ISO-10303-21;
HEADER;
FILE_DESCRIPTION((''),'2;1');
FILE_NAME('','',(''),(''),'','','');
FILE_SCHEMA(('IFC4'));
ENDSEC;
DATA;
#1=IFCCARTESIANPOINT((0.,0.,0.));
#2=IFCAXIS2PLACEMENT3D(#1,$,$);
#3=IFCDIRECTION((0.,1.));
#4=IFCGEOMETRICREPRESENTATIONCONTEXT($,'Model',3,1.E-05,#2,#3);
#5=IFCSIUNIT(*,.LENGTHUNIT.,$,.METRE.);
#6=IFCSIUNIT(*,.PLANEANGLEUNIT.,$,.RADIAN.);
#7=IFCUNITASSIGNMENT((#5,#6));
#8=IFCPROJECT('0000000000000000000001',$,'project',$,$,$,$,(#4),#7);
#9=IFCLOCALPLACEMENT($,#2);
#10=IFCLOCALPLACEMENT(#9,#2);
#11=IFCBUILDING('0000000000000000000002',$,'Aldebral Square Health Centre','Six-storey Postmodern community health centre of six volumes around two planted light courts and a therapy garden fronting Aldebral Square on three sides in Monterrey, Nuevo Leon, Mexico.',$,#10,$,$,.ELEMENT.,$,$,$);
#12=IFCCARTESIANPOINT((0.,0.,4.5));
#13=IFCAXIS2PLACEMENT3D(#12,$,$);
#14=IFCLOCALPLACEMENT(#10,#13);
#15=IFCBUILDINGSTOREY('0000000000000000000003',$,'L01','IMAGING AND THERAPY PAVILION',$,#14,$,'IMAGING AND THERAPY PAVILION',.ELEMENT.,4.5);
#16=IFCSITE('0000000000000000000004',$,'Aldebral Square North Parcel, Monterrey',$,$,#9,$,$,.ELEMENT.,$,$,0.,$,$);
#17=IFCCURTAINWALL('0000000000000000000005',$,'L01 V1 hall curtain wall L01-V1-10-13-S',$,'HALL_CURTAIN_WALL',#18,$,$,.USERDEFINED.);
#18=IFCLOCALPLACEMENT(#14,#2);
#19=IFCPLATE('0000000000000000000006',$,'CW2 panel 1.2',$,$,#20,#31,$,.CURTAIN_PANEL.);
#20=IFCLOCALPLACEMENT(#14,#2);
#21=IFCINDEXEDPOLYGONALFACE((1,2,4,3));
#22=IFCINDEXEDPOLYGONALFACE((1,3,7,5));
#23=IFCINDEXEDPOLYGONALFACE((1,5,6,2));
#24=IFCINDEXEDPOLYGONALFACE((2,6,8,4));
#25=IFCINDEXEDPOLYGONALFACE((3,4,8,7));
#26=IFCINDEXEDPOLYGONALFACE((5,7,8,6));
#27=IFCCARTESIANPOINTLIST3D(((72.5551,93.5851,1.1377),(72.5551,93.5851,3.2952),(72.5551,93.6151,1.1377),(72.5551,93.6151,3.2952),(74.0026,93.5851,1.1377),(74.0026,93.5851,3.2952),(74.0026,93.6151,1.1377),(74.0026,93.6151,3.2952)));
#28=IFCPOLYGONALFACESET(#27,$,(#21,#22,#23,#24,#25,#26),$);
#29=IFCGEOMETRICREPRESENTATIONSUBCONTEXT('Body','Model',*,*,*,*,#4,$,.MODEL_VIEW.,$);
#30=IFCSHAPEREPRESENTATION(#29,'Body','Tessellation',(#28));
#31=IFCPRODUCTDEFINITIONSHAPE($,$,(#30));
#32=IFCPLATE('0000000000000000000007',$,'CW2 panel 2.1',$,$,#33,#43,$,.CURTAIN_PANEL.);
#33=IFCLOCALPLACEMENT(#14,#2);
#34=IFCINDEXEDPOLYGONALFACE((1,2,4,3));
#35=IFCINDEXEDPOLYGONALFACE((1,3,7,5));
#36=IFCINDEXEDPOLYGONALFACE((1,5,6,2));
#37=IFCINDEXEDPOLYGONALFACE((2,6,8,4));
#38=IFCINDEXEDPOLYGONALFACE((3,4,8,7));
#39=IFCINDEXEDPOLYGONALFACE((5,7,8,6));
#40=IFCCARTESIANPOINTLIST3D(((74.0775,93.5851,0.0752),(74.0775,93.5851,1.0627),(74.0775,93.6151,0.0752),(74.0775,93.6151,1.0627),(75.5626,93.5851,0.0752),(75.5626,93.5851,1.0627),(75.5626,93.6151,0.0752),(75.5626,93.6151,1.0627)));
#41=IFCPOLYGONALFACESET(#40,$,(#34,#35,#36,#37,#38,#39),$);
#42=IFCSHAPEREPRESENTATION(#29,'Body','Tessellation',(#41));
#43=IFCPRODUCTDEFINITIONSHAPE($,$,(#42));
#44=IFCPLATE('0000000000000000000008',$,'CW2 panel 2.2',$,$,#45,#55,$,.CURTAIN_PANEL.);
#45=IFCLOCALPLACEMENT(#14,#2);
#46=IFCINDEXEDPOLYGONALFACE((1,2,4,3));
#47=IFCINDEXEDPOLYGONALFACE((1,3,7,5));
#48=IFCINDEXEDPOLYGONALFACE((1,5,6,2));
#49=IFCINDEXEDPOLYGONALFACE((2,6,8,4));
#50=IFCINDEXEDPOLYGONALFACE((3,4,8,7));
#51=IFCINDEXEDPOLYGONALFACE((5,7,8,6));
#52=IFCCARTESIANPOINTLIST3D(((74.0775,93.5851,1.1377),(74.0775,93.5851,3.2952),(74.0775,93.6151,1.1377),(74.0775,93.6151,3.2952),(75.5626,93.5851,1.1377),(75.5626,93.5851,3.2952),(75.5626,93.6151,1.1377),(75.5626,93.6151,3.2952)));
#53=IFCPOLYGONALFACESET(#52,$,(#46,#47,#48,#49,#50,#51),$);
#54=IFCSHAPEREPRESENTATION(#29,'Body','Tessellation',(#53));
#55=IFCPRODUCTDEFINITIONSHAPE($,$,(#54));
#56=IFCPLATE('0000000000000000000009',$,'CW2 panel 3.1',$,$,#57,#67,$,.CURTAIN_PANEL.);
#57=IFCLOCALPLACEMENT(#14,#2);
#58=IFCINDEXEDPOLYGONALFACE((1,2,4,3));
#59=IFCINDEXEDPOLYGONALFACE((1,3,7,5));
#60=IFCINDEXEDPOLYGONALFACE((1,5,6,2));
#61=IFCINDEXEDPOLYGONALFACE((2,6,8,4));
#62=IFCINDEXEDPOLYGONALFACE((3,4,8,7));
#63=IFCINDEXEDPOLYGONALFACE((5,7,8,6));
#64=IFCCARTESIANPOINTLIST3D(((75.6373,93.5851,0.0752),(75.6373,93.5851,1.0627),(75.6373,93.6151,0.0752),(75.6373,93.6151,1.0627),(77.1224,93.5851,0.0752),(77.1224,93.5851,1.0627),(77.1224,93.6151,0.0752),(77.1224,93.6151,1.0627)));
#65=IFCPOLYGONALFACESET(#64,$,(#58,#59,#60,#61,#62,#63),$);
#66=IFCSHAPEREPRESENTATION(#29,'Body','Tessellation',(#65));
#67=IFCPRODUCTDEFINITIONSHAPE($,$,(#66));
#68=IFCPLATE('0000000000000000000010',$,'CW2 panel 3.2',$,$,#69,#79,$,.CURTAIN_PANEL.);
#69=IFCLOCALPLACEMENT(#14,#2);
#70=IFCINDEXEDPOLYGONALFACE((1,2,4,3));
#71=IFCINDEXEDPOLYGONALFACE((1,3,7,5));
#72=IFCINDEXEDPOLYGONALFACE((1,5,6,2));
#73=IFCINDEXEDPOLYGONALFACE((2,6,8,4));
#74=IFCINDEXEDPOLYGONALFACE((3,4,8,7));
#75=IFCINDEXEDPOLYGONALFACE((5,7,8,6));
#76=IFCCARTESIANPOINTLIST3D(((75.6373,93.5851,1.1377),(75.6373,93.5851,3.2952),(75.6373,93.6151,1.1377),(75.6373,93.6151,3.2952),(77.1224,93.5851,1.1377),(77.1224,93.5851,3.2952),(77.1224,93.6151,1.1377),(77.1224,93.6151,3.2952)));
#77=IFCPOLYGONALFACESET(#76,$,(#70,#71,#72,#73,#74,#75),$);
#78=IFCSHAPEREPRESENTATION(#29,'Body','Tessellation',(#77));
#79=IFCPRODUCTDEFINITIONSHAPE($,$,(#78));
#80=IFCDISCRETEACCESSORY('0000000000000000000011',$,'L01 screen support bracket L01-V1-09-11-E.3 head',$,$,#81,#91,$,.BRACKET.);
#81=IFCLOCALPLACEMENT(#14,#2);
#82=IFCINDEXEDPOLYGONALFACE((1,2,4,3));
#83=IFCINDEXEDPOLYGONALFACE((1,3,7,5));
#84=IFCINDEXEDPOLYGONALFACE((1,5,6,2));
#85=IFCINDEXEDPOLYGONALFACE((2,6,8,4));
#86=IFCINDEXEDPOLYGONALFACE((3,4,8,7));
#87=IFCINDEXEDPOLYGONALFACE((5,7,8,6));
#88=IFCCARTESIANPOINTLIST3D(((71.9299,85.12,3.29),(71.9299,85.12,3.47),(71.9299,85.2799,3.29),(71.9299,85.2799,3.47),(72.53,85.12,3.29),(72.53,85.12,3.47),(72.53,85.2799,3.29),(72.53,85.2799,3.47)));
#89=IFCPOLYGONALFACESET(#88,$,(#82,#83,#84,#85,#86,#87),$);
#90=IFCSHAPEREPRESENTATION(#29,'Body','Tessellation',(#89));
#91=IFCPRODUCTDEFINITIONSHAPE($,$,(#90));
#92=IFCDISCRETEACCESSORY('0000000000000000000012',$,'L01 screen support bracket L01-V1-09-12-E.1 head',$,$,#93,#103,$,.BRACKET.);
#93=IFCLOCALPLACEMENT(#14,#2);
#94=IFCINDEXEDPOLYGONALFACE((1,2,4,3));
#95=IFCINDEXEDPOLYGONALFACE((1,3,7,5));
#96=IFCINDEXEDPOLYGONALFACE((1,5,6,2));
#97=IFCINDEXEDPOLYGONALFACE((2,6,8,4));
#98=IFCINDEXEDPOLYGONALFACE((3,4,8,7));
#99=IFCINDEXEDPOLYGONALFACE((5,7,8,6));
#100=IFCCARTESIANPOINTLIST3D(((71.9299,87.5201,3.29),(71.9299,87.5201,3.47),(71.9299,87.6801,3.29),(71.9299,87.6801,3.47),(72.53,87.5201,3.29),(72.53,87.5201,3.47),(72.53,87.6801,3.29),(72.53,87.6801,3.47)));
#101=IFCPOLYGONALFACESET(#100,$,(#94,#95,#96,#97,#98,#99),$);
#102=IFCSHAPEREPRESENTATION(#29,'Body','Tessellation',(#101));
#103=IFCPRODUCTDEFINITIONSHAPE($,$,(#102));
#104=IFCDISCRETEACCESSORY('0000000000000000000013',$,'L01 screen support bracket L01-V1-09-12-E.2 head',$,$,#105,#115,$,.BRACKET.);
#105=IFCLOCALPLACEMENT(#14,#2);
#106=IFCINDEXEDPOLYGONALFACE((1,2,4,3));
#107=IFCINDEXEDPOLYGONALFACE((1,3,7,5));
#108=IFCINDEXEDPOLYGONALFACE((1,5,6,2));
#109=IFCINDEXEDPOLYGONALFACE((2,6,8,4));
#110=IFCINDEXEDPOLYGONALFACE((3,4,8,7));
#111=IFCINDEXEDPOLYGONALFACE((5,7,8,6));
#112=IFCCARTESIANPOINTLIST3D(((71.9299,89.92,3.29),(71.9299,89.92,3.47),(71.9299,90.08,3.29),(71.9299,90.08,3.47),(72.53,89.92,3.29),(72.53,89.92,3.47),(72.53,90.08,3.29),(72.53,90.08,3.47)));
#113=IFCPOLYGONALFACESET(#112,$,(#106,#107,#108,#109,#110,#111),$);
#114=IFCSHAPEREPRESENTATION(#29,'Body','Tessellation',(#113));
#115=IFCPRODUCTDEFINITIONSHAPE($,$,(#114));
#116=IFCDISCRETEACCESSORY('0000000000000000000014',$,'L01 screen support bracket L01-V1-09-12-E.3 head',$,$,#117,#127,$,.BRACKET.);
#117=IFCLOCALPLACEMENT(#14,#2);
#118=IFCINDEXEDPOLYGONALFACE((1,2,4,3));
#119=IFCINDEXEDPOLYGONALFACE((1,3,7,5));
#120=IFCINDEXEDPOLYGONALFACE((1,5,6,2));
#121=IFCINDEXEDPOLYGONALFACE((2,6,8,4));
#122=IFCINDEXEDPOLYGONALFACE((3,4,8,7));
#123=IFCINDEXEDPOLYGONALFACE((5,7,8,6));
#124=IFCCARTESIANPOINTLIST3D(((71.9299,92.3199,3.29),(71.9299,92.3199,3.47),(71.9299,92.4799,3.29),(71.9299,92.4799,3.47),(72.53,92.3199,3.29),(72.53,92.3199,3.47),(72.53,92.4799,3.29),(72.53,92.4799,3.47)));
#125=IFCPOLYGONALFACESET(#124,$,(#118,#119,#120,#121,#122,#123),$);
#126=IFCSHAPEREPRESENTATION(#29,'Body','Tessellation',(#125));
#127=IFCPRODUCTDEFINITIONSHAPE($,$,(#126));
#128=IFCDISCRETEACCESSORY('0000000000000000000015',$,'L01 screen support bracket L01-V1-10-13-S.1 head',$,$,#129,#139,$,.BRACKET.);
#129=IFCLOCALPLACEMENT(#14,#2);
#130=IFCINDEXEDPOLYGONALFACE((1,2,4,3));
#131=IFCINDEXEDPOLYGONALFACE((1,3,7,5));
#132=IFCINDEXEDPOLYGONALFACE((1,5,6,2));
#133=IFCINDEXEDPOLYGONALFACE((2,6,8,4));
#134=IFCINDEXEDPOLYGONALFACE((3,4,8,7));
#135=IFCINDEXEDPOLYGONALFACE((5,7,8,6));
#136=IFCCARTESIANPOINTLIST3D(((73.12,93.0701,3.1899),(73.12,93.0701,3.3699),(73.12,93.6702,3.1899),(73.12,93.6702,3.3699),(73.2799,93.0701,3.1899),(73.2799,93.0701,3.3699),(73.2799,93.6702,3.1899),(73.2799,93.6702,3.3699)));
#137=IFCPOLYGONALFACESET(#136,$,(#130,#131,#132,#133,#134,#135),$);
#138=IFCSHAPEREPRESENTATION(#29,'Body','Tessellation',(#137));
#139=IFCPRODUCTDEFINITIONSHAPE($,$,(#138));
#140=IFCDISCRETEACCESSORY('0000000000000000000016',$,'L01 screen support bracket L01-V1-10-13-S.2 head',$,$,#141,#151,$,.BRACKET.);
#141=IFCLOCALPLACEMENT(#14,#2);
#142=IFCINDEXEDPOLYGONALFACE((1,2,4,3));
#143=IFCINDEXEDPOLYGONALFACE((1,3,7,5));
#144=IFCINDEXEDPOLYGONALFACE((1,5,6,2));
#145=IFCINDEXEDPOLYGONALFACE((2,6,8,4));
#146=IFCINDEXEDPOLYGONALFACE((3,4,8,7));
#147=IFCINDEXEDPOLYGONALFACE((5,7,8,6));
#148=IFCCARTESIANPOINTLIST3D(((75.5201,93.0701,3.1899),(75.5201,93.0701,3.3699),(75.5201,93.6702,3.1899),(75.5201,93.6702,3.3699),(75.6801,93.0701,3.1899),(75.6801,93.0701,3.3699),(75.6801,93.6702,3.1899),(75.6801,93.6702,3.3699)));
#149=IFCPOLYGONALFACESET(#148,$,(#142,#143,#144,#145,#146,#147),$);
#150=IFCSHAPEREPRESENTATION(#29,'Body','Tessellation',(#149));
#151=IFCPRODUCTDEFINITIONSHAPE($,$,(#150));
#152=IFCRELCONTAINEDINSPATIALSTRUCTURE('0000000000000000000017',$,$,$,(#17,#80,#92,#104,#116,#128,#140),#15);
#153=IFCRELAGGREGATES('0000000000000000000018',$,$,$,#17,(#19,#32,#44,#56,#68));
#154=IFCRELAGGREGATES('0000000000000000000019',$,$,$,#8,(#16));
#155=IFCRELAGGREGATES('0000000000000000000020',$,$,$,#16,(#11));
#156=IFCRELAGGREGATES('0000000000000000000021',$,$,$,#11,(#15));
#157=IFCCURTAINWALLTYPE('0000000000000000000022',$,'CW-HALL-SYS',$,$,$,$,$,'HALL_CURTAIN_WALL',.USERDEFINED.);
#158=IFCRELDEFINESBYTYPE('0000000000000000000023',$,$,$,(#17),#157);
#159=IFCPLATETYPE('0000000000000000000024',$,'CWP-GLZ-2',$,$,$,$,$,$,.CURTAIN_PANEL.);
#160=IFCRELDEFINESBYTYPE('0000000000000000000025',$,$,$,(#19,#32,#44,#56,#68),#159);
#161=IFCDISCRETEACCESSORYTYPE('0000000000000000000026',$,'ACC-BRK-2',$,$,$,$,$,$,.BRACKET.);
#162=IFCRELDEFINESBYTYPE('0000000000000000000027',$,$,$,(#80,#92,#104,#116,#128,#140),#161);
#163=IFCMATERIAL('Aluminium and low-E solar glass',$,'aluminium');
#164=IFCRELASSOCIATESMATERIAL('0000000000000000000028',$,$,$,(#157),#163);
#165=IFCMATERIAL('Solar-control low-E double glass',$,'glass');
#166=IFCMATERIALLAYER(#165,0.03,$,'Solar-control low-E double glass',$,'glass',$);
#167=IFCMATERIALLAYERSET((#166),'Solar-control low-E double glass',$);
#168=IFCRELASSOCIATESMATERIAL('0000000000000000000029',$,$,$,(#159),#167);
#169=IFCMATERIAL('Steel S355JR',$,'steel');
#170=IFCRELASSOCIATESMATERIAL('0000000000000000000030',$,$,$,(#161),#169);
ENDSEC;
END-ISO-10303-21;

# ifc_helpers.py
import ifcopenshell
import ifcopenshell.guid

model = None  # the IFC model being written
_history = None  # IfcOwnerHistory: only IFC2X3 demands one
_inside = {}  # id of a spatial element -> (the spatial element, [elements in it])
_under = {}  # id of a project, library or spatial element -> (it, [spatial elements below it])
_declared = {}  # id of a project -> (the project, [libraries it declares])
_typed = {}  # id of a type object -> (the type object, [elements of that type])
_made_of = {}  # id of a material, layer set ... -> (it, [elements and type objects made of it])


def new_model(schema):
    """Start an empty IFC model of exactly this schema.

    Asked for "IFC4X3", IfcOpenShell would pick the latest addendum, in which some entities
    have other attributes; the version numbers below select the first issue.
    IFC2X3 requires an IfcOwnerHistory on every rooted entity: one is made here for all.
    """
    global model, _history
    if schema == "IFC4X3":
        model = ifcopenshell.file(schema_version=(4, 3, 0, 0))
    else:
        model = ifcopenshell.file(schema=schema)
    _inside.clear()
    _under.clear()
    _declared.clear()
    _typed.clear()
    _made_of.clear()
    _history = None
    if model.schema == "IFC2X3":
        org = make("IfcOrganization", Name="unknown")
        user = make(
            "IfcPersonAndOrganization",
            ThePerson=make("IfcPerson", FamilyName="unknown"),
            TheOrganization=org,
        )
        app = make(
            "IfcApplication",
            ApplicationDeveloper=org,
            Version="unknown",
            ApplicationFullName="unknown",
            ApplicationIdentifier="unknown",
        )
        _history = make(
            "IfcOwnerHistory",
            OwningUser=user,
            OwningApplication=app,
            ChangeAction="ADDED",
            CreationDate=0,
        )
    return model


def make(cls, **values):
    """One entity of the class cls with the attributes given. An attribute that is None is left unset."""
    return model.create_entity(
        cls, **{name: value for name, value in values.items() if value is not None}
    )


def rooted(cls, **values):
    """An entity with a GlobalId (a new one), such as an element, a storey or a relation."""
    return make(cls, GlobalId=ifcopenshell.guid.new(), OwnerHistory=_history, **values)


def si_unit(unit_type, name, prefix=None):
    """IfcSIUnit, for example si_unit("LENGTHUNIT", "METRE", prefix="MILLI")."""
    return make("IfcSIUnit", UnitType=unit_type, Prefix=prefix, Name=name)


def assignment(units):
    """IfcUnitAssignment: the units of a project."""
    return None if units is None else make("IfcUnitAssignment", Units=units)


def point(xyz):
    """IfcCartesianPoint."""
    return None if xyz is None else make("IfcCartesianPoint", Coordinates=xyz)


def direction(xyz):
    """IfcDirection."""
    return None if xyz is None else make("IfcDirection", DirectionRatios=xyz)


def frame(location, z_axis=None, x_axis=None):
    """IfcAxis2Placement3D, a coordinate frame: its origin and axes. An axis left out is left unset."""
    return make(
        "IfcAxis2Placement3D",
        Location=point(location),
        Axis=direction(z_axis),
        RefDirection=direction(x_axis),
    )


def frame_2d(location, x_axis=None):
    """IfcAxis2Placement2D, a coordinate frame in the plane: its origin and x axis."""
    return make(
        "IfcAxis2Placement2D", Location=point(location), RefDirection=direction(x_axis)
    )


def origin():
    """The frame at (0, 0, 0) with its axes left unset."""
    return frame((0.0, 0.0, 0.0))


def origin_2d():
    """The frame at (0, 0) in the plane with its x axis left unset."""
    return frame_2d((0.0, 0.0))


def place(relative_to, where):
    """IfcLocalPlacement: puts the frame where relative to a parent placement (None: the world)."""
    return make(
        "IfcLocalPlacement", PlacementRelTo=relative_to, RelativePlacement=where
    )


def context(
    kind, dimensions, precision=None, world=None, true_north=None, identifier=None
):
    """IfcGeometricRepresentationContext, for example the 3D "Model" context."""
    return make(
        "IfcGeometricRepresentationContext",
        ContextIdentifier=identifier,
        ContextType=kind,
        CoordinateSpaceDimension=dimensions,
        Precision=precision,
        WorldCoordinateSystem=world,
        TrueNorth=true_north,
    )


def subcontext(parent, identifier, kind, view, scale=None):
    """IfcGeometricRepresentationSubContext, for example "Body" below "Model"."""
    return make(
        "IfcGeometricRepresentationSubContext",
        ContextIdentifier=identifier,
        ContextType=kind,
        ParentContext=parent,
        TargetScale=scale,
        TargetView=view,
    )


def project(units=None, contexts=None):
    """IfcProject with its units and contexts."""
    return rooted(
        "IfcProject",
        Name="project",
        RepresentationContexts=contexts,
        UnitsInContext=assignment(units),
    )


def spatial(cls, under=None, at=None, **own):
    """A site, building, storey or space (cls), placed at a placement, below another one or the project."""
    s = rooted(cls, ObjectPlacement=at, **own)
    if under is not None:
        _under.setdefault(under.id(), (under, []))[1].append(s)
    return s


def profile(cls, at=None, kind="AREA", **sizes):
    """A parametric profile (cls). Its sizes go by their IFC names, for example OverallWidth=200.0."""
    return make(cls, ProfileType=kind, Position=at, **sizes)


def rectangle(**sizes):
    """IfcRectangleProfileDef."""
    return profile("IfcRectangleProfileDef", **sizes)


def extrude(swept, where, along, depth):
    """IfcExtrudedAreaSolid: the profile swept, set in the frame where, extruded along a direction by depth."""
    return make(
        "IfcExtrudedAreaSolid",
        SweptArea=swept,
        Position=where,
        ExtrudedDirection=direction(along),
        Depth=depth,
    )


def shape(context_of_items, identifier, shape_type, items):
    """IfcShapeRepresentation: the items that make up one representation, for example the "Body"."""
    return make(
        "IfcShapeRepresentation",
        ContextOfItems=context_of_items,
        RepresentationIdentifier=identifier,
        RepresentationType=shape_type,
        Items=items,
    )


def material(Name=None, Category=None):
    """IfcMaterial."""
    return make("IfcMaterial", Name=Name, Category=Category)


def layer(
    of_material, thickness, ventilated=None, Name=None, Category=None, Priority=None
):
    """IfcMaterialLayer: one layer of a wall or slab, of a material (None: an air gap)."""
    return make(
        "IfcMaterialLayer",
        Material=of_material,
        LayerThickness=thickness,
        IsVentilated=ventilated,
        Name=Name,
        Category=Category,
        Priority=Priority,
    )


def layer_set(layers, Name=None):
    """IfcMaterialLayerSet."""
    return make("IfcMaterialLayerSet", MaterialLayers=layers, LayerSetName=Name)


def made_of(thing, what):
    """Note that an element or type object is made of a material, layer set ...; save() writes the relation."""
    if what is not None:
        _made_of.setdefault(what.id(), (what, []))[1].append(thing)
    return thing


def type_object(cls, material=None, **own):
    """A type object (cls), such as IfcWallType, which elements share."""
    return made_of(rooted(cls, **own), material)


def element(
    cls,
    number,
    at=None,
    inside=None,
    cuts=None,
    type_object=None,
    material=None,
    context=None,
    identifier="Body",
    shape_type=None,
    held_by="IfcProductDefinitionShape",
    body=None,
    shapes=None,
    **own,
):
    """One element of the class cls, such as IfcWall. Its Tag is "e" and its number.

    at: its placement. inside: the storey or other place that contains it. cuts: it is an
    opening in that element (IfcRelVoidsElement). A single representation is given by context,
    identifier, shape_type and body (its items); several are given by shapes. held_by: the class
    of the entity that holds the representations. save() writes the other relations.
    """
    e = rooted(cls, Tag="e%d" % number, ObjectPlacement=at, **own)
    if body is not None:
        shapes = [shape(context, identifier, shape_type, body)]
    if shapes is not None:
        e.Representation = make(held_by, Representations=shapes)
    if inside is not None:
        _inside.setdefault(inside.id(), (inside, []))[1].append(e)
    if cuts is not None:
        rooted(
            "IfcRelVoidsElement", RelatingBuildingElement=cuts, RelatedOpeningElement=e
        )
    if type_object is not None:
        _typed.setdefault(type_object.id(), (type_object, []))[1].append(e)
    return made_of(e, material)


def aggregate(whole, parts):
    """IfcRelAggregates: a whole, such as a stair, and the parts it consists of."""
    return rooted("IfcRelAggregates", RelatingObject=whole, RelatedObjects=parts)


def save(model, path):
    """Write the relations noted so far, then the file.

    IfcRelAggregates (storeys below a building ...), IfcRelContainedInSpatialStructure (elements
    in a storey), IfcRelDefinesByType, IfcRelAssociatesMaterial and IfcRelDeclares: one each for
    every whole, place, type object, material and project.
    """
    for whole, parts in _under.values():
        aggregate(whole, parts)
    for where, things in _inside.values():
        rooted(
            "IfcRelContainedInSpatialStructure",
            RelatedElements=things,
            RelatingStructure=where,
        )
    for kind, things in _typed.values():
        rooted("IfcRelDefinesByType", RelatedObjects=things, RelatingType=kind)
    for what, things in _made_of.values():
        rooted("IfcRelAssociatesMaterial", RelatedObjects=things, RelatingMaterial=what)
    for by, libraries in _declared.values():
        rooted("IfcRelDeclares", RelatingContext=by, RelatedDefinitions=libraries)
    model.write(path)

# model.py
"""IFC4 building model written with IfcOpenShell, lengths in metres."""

from ifc_helpers import new_model, si_unit, direction, frame, origin, origin_2d, place, context, subcontext, project, spatial, rectangle, extrude, material, layer, layer_set, type_object, element, aggregate, save


model = new_model("IFC4")

# Units and contexts
model_context = context("Model", 3, precision=1e-05, world=origin(), true_north=direction((0.0, 1.0)))
body_context = subcontext(model_context, "Body", "Model", "MODEL_VIEW")
ifc_project = project(units=[si_unit("LENGTHUNIT", "METRE"), si_unit("PLANEANGLEUNIT", "RADIAN")], contexts=[model_context])

# Site, building, storey
site_placement = place(None, origin())
site = spatial("IfcSite", under=ifc_project, at=site_placement, Name="Aldebral Square North Parcel, Monterrey", CompositionType="ELEMENT", RefElevation=0.0)
building_placement = place(site_placement, origin())
building = spatial("IfcBuilding", under=site, at=building_placement, Name="Aldebral Square Health Centre", Description="Six-storey Postmodern community health centre of six volumes around two planted light courts and a therapy garden fronting Aldebral Square on three sides in Monterrey, Nuevo Leon, Mexico.", CompositionType="ELEMENT")
storey_placement = place(building_placement, frame((0.0, 0.0, 4.5)))
storey = spatial("IfcBuildingStorey", under=building, at=storey_placement, Name="L01", Description="IMAGING AND THERAPY PAVILION", LongName="IMAGING AND THERAPY PAVILION", CompositionType="ELEMENT", Elevation=4.5)

# Curtain wall, plates
ifc_material_1 = material(Name="Aluminium and low-E solar glass", Category="aluminium")
curtain_wall_type = type_object("IfcCurtainWallType", Name="CW-HALL-SYS", ElementType="HALL_CURTAIN_WALL", PredefinedType="USERDEFINED", material=ifc_material_1)
curtain_wall_placement = place(storey_placement, origin())
curtain_wall = element("IfcCurtainWall", 1, at=curtain_wall_placement, inside=storey, type_object=curtain_wall_type, Name="L01 V1 hall curtain wall L01-V1-10-13-S", ObjectType="HALL_CURTAIN_WALL", PredefinedType="USERDEFINED")
ifc_material_2 = material(Name="Solar-control low-E double glass", Category="glass")
ifc_layer = layer(ifc_material_2, 0.03, Name="Solar-control low-E double glass", Category="glass")
ifc_layer_set = layer_set([ifc_layer], Name="Solar-control low-E double glass")
plate_type = type_object("IfcPlateType", Name="CWP-GLZ-2", PredefinedType="CURTAIN_PANEL", material=ifc_layer_set)
plate_1_placement = place(storey_placement, frame((73.2788, 93.6001, 1.1377), z_axis=(0.0, 0.0, 1.0), x_axis=(1.0, 0.0, 0.0)))
plate_1 = element("IfcPlate", 2, at=plate_1_placement, type_object=plate_type, Name="CW2 panel 1.2", PredefinedType="CURTAIN_PANEL", context=body_context, shape_type="SweptSolid", body=[
    extrude(rectangle(XDim=1.4475, YDim=0.03, at=origin_2d()), origin(), (0.0, 0.0, 1.0), 2.1575),
])
plate_2_placement = place(storey_placement, frame((74.8201, 93.6001, 0.0752), z_axis=(0.0, 0.0, 1.0), x_axis=(1.0, 0.0, 0.0)))
plate_2 = element("IfcPlate", 3, at=plate_2_placement, type_object=plate_type, Name="CW2 panel 2.1", PredefinedType="CURTAIN_PANEL", context=body_context, shape_type="SweptSolid", body=[
    extrude(rectangle(XDim=1.4851, YDim=0.03, at=origin_2d()), origin(), (0.0, 0.0, 1.0), 0.9875),
])
plate_3_placement = place(storey_placement, frame((74.8201, 93.6001, 1.1377), z_axis=(0.0, 0.0, 1.0), x_axis=(1.0, 0.0, 0.0)))
plate_3 = element("IfcPlate", 4, at=plate_3_placement, type_object=plate_type, Name="CW2 panel 2.2", PredefinedType="CURTAIN_PANEL", context=body_context, shape_type="SweptSolid", body=[
    extrude(rectangle(XDim=1.4851, YDim=0.03, at=origin_2d()), origin(), (0.0, 0.0, 1.0), 2.1575),
])
plate_4_placement = place(storey_placement, frame((76.3799, 93.6001, 0.0752), z_axis=(0.0, 0.0, 1.0), x_axis=(1.0, 0.0, 0.0)))
plate_4 = element("IfcPlate", 5, at=plate_4_placement, type_object=plate_type, Name="CW2 panel 3.1", PredefinedType="CURTAIN_PANEL", context=body_context, shape_type="SweptSolid", body=[
    extrude(rectangle(XDim=1.4851, YDim=0.03, at=origin_2d()), origin(), (0.0, 0.0, 1.0), 0.9875),
])
plate_5_placement = place(storey_placement, frame((76.3799, 93.6001, 1.1377), z_axis=(0.0, 0.0, 1.0), x_axis=(1.0, 0.0, 0.0)))
plate_5 = element("IfcPlate", 6, at=plate_5_placement, type_object=plate_type, Name="CW2 panel 3.2", PredefinedType="CURTAIN_PANEL", context=body_context, shape_type="SweptSolid", body=[
    extrude(rectangle(XDim=1.4851, YDim=0.03, at=origin_2d()), origin(), (0.0, 0.0, 1.0), 2.1575),
])
aggregate(curtain_wall, [plate_1, plate_2, plate_3, plate_4, plate_5])

# Discrete accessories
ifc_material_3 = material(Name="Steel S355JR", Category="steel")
discrete_accessory_type = type_object("IfcDiscreteAccessoryType", Name="ACC-BRK-2", PredefinedType="BRACKET", material=ifc_material_3)
for number, where, z_axis, x_axis, name in (
    (7, (72.23, 85.2, 3.29), (0.0, 0.0, 1.0), (0.0, 1.0, 0.0), "L01 screen support bracket L01-V1-09-11-E.3 head"),
    (8, (72.23, 87.6001, 3.29), (0.0, 0.0, 1.0), (0.0, 1.0, 0.0), "L01 screen support bracket L01-V1-09-12-E.1 head"),
    (9, (72.23, 90.0, 3.29), (0.0, 0.0, 1.0), (0.0, 1.0, 0.0), "L01 screen support bracket L01-V1-09-12-E.2 head"),
    (10, (72.23, 92.3999, 3.29), (0.0, 0.0, 1.0), (0.0, 1.0, 0.0), "L01 screen support bracket L01-V1-09-12-E.3 head"),
    (11, (73.2, 93.3701, 3.1899), (0.0, 0.0, 1.0), (1.0, 0.0, 0.0), "L01 screen support bracket L01-V1-10-13-S.1 head"),
    (12, (75.6001, 93.3701, 3.1899), (0.0, 0.0, 1.0), (1.0, 0.0, 0.0), "L01 screen support bracket L01-V1-10-13-S.2 head"),
):
    element("IfcDiscreteAccessory", number, at=place(storey_placement, frame(where, z_axis=z_axis, x_axis=x_axis)), inside=storey, type_object=discrete_accessory_type, Name=name, PredefinedType="BRACKET", context=body_context, shape_type="SweptSolid", body=[
        extrude(rectangle(XDim=0.1599, YDim=0.6001, at=origin_2d()), origin(), (0.0, 0.0, 1.0), 0.1799),
    ])

save(model, "model.ifc")
